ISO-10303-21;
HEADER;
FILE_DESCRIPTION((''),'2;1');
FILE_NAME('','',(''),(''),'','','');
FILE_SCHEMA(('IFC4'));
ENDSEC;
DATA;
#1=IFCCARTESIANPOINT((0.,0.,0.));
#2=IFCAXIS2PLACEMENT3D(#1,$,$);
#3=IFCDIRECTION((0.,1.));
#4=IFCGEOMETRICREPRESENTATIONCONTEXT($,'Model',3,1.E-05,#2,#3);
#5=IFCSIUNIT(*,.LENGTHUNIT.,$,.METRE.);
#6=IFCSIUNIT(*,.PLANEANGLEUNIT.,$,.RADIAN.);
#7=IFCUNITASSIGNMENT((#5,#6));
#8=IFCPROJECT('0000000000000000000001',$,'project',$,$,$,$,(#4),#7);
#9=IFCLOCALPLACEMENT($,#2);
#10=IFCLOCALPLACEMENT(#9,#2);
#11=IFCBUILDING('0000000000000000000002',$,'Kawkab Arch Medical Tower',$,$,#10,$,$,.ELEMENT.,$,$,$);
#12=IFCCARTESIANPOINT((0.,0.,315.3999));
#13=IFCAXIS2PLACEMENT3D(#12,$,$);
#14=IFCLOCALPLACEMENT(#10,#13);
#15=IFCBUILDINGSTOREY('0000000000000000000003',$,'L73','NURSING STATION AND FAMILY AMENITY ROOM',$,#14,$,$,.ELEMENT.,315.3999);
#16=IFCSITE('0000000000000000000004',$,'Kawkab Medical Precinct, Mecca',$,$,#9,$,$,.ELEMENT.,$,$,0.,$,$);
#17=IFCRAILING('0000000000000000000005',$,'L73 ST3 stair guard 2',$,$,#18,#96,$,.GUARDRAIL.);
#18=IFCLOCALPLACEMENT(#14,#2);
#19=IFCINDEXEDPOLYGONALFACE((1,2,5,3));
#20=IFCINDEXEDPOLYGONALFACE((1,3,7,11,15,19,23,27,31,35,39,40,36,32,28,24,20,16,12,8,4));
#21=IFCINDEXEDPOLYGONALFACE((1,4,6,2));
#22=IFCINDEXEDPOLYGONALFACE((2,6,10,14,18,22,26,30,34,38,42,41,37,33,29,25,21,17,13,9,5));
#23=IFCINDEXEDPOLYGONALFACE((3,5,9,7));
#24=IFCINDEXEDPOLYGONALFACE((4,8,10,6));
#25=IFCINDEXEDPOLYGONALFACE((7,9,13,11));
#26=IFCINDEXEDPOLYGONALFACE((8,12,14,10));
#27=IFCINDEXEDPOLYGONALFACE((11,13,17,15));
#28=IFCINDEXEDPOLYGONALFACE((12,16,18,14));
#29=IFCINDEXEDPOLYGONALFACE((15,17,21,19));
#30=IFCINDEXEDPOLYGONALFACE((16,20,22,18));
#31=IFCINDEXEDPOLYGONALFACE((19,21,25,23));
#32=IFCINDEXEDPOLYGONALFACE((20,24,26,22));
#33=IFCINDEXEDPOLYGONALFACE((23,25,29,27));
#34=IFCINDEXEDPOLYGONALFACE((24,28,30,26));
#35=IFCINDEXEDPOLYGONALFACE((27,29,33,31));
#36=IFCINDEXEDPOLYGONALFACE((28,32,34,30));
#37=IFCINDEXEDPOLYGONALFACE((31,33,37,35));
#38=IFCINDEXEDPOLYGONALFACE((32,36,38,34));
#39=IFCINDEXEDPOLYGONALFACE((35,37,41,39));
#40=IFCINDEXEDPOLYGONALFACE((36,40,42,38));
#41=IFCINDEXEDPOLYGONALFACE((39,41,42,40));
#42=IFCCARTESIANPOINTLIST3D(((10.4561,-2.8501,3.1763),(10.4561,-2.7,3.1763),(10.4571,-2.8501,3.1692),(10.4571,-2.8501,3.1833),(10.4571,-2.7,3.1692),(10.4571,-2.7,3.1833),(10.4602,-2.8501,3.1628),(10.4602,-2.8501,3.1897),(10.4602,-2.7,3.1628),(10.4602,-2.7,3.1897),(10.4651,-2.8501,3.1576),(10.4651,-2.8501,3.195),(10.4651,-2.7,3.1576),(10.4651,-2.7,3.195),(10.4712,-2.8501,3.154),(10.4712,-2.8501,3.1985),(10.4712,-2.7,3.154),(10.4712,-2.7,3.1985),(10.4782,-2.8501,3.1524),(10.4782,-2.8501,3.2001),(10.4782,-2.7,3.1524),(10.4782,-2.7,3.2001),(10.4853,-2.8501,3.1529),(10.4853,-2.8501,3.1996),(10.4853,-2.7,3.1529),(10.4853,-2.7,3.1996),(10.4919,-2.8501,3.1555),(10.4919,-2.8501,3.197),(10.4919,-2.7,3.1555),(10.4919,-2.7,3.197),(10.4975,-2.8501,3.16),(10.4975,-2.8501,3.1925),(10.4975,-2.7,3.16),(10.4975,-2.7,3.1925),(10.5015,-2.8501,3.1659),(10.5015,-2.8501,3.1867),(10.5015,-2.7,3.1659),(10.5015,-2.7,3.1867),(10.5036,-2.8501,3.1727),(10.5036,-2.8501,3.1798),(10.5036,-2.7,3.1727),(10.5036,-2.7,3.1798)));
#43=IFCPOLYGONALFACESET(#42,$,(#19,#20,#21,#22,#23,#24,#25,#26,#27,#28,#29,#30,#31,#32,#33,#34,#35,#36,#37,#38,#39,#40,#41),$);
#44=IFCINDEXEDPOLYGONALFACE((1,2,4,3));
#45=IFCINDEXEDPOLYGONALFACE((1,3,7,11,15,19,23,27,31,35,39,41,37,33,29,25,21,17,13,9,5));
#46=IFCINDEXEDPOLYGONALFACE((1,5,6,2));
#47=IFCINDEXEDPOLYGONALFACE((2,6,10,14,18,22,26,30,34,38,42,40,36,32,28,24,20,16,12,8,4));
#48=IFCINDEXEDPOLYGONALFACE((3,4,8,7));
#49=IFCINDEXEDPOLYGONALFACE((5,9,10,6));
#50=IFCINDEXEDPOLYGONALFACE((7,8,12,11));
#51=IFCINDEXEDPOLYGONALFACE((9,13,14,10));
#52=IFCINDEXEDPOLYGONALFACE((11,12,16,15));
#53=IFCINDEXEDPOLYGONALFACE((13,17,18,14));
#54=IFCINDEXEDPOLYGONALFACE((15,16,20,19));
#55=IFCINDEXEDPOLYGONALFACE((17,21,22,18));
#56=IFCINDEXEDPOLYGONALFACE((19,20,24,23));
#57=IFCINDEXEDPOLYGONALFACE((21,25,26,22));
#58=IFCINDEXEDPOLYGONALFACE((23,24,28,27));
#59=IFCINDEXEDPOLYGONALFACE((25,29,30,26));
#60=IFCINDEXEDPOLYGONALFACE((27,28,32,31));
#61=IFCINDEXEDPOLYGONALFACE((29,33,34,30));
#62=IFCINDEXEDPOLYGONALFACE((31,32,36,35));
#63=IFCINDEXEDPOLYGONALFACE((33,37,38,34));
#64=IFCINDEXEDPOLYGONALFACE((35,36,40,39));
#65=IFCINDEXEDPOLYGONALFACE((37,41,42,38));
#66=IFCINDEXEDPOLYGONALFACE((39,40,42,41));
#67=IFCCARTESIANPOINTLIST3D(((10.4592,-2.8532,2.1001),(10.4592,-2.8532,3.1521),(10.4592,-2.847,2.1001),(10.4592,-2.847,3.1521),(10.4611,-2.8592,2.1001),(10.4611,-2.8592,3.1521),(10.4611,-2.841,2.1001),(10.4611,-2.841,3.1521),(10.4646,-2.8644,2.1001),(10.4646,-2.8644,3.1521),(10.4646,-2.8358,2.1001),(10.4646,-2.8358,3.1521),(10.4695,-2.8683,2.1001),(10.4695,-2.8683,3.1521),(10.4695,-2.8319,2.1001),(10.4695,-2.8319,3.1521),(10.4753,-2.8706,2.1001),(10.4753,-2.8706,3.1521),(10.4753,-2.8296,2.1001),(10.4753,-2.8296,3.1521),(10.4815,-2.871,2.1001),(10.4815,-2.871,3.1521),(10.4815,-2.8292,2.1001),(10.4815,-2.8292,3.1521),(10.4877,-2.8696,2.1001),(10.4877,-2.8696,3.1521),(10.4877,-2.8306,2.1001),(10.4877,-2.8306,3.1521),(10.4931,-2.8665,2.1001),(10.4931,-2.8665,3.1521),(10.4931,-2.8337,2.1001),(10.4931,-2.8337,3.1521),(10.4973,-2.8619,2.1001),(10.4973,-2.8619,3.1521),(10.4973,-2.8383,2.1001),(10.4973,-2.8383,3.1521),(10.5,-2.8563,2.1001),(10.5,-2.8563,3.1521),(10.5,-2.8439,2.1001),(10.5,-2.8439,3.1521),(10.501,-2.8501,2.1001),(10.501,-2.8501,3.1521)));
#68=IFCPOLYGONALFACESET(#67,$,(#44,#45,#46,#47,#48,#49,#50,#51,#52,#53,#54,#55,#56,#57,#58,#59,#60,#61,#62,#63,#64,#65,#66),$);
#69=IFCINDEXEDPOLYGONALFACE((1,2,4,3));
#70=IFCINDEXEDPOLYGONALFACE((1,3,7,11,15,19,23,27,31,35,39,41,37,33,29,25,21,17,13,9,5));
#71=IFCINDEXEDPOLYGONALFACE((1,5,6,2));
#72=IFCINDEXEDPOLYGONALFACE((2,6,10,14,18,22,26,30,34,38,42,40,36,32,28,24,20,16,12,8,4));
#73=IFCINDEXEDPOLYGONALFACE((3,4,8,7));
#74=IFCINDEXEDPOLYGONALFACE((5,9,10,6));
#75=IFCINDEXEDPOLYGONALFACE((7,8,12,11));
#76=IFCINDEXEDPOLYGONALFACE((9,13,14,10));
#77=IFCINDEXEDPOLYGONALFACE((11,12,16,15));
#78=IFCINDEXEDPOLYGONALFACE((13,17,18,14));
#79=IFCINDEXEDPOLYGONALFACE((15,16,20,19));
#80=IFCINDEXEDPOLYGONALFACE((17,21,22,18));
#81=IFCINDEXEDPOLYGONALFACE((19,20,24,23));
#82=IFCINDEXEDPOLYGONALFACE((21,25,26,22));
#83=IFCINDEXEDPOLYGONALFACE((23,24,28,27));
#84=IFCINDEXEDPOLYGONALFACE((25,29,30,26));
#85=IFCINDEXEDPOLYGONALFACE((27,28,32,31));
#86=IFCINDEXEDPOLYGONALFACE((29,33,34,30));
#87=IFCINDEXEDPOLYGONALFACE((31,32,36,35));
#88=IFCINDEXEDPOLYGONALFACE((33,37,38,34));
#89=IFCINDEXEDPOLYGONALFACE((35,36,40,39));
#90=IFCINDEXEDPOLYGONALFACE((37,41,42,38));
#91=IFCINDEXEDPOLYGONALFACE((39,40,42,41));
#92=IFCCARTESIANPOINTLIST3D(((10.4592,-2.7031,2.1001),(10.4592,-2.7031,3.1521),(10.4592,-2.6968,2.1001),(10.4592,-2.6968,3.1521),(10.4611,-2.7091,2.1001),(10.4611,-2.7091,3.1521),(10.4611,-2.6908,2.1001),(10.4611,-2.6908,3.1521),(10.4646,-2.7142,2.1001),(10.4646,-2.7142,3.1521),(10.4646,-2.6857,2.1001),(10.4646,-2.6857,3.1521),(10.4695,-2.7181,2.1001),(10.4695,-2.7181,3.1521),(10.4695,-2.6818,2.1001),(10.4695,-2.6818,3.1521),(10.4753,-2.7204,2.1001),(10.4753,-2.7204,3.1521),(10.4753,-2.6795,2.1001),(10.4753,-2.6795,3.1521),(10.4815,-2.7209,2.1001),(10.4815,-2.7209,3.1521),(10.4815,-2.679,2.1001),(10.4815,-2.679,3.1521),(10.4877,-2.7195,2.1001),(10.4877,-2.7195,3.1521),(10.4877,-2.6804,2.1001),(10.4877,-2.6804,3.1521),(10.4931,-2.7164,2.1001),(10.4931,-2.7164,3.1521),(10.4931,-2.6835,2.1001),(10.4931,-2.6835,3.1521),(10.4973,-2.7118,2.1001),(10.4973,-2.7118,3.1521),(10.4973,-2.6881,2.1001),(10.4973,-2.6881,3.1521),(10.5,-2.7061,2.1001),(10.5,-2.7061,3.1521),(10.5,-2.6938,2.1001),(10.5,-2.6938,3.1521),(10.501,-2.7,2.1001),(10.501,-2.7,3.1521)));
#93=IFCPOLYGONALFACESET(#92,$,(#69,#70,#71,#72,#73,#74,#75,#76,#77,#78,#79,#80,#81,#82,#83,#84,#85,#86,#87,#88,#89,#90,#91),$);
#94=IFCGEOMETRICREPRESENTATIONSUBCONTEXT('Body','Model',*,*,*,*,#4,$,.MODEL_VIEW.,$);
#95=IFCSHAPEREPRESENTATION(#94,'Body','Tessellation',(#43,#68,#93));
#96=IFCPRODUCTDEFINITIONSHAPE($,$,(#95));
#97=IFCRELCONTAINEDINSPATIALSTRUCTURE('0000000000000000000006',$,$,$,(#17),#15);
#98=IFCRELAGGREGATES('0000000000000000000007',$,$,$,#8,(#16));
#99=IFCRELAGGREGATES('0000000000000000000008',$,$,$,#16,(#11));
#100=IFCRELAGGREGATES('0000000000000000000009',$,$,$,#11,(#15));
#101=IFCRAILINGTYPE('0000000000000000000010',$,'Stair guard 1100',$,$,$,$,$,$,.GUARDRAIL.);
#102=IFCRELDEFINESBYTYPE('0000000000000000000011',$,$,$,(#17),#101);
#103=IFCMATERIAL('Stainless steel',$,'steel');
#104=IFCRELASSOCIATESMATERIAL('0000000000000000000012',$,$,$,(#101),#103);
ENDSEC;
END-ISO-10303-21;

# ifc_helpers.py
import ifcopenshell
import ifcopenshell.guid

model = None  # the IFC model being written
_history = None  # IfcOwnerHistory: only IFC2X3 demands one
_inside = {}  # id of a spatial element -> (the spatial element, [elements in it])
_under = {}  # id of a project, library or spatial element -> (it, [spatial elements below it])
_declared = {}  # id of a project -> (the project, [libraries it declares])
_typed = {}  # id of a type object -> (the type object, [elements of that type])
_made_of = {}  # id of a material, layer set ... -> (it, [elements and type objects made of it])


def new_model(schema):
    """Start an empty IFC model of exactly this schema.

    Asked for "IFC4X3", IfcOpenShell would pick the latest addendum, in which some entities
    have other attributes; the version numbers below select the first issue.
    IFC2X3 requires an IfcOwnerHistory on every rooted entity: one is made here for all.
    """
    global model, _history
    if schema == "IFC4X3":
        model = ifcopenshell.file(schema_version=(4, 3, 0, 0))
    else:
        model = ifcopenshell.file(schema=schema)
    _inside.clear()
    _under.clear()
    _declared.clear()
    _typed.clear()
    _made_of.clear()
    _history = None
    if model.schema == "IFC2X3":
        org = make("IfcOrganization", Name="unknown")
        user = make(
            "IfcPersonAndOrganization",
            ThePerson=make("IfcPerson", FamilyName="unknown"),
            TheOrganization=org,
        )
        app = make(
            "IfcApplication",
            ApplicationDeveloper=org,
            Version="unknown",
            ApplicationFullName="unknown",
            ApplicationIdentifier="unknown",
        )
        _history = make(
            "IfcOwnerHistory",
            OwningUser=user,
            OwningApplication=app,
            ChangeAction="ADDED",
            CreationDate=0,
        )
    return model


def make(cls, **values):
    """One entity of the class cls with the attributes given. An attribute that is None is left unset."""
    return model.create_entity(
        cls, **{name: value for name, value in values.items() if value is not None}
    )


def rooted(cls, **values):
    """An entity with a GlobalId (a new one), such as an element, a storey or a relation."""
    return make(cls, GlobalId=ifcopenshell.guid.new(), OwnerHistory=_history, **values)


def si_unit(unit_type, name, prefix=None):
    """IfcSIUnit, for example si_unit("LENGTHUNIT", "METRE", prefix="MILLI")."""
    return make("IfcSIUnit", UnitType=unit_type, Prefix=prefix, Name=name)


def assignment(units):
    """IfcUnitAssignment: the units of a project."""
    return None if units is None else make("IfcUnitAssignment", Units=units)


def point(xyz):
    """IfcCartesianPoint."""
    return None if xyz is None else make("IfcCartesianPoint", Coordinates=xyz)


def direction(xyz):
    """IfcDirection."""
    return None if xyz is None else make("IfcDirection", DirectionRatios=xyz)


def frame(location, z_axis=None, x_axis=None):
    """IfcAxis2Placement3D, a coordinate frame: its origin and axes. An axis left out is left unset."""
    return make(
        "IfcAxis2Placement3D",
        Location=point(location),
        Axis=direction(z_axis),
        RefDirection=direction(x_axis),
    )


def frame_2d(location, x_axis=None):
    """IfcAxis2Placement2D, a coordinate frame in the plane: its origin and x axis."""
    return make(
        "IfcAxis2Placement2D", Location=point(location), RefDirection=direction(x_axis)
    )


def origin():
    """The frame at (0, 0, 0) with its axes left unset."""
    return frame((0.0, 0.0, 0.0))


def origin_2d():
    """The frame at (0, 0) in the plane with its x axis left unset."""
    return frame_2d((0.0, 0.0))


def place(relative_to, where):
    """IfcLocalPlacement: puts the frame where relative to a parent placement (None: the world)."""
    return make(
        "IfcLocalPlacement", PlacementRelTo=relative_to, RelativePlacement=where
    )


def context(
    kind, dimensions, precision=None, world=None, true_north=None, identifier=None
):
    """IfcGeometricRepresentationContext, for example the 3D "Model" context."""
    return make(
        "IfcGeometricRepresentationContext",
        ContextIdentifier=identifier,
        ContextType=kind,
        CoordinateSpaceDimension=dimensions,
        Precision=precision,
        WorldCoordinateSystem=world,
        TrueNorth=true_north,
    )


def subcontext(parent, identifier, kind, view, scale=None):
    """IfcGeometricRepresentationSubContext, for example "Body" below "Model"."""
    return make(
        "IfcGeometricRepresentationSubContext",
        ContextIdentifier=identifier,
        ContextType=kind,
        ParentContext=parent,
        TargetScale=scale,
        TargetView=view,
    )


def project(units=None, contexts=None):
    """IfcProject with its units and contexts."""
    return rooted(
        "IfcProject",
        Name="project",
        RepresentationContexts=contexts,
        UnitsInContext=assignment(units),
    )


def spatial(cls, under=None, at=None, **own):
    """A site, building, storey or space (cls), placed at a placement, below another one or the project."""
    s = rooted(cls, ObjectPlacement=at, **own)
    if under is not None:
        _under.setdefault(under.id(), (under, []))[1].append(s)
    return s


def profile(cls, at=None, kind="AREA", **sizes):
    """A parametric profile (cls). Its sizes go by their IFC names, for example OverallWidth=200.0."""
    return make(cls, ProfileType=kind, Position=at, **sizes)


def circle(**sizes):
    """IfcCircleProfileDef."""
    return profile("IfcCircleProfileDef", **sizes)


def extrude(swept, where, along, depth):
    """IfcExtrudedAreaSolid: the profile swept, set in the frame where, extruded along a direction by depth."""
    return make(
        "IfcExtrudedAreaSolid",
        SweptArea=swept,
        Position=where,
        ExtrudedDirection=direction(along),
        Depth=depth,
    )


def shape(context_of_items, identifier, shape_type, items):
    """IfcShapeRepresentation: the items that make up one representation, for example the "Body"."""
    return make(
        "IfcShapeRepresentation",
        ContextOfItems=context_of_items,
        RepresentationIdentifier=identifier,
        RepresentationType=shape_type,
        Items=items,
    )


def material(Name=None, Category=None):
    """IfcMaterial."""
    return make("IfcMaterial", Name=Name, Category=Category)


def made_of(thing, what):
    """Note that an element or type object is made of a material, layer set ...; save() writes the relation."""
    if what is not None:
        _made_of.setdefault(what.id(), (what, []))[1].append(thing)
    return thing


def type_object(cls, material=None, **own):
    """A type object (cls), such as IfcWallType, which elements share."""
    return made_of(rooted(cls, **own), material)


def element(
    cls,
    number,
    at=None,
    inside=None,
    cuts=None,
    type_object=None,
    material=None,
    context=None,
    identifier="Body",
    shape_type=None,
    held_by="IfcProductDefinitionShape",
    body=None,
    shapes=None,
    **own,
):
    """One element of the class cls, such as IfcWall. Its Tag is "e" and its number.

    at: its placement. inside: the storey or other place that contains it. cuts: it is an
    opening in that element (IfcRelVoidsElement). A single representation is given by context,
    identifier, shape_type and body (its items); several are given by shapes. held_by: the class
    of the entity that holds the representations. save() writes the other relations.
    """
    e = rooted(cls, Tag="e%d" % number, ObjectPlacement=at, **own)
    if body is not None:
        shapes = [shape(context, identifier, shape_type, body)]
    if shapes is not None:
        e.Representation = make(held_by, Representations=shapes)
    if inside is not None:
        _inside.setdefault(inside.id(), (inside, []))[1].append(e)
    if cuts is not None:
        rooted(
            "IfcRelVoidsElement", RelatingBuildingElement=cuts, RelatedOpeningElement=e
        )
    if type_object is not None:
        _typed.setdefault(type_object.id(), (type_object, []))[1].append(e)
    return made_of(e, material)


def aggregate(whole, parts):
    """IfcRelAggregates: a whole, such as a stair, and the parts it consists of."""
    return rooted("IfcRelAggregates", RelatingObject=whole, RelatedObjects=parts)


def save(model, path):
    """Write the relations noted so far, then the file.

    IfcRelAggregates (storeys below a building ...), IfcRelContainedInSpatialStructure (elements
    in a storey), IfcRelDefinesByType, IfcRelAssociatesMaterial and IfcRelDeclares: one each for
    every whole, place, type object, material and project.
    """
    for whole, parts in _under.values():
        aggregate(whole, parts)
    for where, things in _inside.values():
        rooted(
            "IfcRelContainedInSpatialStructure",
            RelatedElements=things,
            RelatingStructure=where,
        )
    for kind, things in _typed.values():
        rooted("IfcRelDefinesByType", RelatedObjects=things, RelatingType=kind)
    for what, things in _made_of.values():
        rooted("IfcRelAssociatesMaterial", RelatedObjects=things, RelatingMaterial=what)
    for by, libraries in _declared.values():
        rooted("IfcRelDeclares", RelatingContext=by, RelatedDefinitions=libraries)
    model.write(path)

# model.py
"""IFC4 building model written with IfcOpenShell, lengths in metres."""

from ifc_helpers import new_model, si_unit, direction, frame, origin, origin_2d, place, context, subcontext, project, spatial, circle, extrude, material, type_object, element, save


model = new_model("IFC4")

# Units and contexts
model_context = context("Model", 3, precision=1e-05, world=origin(), true_north=direction((0.0, 1.0)))
body_context = subcontext(model_context, "Body", "Model", "MODEL_VIEW")
ifc_project = project(units=[si_unit("LENGTHUNIT", "METRE"), si_unit("PLANEANGLEUNIT", "RADIAN")], contexts=[model_context])

# Site, building, storey
site_placement = place(None, origin())
site = spatial("IfcSite", under=ifc_project, at=site_placement, Name="Kawkab Medical Precinct, Mecca", CompositionType="ELEMENT", RefElevation=0.0)
building_placement = place(site_placement, origin())
building = spatial("IfcBuilding", under=site, at=building_placement, Name="Kawkab Arch Medical Tower", CompositionType="ELEMENT")
storey_placement = place(building_placement, frame((0.0, 0.0, 315.3999)))
storey = spatial("IfcBuildingStorey", under=building, at=storey_placement, Name="L73", Description="NURSING STATION AND FAMILY AMENITY ROOM", CompositionType="ELEMENT", Elevation=315.3999)

# Railing
ifc_material_1 = material(Name="Stainless steel", Category="steel")
railing_type = type_object("IfcRailingType", Name="Stair guard 1100", PredefinedType="GUARDRAIL", material=ifc_material_1)
railing_1_placement = place(storey_placement, frame((10.48, -2.8501, 2.1001)))
element("IfcRailing", 1, at=railing_1_placement, inside=storey, type_object=railing_type, Name="L73 ST3 stair guard 2", PredefinedType="GUARDRAIL", context=body_context, shape_type="SweptSolid", body=[
    extrude(circle(Radius=0.0239, at=origin_2d()), frame((0.0, 0.0, 1.0762), z_axis=(0.0, 1.0, 0.0), x_axis=(-1.0, 0.0, 0.0)), (0.0, 0.0, 1.0), 0.1501),
    extrude(circle(Radius=0.021, at=origin_2d()), origin(), (0.0, 0.0, 1.0), 1.052),
    extrude(circle(Radius=0.021, at=origin_2d()), frame((0.0, 0.1501, 0.0)), (0.0, 0.0, 1.0), 1.052),
])

save(model, "model.ifc")
